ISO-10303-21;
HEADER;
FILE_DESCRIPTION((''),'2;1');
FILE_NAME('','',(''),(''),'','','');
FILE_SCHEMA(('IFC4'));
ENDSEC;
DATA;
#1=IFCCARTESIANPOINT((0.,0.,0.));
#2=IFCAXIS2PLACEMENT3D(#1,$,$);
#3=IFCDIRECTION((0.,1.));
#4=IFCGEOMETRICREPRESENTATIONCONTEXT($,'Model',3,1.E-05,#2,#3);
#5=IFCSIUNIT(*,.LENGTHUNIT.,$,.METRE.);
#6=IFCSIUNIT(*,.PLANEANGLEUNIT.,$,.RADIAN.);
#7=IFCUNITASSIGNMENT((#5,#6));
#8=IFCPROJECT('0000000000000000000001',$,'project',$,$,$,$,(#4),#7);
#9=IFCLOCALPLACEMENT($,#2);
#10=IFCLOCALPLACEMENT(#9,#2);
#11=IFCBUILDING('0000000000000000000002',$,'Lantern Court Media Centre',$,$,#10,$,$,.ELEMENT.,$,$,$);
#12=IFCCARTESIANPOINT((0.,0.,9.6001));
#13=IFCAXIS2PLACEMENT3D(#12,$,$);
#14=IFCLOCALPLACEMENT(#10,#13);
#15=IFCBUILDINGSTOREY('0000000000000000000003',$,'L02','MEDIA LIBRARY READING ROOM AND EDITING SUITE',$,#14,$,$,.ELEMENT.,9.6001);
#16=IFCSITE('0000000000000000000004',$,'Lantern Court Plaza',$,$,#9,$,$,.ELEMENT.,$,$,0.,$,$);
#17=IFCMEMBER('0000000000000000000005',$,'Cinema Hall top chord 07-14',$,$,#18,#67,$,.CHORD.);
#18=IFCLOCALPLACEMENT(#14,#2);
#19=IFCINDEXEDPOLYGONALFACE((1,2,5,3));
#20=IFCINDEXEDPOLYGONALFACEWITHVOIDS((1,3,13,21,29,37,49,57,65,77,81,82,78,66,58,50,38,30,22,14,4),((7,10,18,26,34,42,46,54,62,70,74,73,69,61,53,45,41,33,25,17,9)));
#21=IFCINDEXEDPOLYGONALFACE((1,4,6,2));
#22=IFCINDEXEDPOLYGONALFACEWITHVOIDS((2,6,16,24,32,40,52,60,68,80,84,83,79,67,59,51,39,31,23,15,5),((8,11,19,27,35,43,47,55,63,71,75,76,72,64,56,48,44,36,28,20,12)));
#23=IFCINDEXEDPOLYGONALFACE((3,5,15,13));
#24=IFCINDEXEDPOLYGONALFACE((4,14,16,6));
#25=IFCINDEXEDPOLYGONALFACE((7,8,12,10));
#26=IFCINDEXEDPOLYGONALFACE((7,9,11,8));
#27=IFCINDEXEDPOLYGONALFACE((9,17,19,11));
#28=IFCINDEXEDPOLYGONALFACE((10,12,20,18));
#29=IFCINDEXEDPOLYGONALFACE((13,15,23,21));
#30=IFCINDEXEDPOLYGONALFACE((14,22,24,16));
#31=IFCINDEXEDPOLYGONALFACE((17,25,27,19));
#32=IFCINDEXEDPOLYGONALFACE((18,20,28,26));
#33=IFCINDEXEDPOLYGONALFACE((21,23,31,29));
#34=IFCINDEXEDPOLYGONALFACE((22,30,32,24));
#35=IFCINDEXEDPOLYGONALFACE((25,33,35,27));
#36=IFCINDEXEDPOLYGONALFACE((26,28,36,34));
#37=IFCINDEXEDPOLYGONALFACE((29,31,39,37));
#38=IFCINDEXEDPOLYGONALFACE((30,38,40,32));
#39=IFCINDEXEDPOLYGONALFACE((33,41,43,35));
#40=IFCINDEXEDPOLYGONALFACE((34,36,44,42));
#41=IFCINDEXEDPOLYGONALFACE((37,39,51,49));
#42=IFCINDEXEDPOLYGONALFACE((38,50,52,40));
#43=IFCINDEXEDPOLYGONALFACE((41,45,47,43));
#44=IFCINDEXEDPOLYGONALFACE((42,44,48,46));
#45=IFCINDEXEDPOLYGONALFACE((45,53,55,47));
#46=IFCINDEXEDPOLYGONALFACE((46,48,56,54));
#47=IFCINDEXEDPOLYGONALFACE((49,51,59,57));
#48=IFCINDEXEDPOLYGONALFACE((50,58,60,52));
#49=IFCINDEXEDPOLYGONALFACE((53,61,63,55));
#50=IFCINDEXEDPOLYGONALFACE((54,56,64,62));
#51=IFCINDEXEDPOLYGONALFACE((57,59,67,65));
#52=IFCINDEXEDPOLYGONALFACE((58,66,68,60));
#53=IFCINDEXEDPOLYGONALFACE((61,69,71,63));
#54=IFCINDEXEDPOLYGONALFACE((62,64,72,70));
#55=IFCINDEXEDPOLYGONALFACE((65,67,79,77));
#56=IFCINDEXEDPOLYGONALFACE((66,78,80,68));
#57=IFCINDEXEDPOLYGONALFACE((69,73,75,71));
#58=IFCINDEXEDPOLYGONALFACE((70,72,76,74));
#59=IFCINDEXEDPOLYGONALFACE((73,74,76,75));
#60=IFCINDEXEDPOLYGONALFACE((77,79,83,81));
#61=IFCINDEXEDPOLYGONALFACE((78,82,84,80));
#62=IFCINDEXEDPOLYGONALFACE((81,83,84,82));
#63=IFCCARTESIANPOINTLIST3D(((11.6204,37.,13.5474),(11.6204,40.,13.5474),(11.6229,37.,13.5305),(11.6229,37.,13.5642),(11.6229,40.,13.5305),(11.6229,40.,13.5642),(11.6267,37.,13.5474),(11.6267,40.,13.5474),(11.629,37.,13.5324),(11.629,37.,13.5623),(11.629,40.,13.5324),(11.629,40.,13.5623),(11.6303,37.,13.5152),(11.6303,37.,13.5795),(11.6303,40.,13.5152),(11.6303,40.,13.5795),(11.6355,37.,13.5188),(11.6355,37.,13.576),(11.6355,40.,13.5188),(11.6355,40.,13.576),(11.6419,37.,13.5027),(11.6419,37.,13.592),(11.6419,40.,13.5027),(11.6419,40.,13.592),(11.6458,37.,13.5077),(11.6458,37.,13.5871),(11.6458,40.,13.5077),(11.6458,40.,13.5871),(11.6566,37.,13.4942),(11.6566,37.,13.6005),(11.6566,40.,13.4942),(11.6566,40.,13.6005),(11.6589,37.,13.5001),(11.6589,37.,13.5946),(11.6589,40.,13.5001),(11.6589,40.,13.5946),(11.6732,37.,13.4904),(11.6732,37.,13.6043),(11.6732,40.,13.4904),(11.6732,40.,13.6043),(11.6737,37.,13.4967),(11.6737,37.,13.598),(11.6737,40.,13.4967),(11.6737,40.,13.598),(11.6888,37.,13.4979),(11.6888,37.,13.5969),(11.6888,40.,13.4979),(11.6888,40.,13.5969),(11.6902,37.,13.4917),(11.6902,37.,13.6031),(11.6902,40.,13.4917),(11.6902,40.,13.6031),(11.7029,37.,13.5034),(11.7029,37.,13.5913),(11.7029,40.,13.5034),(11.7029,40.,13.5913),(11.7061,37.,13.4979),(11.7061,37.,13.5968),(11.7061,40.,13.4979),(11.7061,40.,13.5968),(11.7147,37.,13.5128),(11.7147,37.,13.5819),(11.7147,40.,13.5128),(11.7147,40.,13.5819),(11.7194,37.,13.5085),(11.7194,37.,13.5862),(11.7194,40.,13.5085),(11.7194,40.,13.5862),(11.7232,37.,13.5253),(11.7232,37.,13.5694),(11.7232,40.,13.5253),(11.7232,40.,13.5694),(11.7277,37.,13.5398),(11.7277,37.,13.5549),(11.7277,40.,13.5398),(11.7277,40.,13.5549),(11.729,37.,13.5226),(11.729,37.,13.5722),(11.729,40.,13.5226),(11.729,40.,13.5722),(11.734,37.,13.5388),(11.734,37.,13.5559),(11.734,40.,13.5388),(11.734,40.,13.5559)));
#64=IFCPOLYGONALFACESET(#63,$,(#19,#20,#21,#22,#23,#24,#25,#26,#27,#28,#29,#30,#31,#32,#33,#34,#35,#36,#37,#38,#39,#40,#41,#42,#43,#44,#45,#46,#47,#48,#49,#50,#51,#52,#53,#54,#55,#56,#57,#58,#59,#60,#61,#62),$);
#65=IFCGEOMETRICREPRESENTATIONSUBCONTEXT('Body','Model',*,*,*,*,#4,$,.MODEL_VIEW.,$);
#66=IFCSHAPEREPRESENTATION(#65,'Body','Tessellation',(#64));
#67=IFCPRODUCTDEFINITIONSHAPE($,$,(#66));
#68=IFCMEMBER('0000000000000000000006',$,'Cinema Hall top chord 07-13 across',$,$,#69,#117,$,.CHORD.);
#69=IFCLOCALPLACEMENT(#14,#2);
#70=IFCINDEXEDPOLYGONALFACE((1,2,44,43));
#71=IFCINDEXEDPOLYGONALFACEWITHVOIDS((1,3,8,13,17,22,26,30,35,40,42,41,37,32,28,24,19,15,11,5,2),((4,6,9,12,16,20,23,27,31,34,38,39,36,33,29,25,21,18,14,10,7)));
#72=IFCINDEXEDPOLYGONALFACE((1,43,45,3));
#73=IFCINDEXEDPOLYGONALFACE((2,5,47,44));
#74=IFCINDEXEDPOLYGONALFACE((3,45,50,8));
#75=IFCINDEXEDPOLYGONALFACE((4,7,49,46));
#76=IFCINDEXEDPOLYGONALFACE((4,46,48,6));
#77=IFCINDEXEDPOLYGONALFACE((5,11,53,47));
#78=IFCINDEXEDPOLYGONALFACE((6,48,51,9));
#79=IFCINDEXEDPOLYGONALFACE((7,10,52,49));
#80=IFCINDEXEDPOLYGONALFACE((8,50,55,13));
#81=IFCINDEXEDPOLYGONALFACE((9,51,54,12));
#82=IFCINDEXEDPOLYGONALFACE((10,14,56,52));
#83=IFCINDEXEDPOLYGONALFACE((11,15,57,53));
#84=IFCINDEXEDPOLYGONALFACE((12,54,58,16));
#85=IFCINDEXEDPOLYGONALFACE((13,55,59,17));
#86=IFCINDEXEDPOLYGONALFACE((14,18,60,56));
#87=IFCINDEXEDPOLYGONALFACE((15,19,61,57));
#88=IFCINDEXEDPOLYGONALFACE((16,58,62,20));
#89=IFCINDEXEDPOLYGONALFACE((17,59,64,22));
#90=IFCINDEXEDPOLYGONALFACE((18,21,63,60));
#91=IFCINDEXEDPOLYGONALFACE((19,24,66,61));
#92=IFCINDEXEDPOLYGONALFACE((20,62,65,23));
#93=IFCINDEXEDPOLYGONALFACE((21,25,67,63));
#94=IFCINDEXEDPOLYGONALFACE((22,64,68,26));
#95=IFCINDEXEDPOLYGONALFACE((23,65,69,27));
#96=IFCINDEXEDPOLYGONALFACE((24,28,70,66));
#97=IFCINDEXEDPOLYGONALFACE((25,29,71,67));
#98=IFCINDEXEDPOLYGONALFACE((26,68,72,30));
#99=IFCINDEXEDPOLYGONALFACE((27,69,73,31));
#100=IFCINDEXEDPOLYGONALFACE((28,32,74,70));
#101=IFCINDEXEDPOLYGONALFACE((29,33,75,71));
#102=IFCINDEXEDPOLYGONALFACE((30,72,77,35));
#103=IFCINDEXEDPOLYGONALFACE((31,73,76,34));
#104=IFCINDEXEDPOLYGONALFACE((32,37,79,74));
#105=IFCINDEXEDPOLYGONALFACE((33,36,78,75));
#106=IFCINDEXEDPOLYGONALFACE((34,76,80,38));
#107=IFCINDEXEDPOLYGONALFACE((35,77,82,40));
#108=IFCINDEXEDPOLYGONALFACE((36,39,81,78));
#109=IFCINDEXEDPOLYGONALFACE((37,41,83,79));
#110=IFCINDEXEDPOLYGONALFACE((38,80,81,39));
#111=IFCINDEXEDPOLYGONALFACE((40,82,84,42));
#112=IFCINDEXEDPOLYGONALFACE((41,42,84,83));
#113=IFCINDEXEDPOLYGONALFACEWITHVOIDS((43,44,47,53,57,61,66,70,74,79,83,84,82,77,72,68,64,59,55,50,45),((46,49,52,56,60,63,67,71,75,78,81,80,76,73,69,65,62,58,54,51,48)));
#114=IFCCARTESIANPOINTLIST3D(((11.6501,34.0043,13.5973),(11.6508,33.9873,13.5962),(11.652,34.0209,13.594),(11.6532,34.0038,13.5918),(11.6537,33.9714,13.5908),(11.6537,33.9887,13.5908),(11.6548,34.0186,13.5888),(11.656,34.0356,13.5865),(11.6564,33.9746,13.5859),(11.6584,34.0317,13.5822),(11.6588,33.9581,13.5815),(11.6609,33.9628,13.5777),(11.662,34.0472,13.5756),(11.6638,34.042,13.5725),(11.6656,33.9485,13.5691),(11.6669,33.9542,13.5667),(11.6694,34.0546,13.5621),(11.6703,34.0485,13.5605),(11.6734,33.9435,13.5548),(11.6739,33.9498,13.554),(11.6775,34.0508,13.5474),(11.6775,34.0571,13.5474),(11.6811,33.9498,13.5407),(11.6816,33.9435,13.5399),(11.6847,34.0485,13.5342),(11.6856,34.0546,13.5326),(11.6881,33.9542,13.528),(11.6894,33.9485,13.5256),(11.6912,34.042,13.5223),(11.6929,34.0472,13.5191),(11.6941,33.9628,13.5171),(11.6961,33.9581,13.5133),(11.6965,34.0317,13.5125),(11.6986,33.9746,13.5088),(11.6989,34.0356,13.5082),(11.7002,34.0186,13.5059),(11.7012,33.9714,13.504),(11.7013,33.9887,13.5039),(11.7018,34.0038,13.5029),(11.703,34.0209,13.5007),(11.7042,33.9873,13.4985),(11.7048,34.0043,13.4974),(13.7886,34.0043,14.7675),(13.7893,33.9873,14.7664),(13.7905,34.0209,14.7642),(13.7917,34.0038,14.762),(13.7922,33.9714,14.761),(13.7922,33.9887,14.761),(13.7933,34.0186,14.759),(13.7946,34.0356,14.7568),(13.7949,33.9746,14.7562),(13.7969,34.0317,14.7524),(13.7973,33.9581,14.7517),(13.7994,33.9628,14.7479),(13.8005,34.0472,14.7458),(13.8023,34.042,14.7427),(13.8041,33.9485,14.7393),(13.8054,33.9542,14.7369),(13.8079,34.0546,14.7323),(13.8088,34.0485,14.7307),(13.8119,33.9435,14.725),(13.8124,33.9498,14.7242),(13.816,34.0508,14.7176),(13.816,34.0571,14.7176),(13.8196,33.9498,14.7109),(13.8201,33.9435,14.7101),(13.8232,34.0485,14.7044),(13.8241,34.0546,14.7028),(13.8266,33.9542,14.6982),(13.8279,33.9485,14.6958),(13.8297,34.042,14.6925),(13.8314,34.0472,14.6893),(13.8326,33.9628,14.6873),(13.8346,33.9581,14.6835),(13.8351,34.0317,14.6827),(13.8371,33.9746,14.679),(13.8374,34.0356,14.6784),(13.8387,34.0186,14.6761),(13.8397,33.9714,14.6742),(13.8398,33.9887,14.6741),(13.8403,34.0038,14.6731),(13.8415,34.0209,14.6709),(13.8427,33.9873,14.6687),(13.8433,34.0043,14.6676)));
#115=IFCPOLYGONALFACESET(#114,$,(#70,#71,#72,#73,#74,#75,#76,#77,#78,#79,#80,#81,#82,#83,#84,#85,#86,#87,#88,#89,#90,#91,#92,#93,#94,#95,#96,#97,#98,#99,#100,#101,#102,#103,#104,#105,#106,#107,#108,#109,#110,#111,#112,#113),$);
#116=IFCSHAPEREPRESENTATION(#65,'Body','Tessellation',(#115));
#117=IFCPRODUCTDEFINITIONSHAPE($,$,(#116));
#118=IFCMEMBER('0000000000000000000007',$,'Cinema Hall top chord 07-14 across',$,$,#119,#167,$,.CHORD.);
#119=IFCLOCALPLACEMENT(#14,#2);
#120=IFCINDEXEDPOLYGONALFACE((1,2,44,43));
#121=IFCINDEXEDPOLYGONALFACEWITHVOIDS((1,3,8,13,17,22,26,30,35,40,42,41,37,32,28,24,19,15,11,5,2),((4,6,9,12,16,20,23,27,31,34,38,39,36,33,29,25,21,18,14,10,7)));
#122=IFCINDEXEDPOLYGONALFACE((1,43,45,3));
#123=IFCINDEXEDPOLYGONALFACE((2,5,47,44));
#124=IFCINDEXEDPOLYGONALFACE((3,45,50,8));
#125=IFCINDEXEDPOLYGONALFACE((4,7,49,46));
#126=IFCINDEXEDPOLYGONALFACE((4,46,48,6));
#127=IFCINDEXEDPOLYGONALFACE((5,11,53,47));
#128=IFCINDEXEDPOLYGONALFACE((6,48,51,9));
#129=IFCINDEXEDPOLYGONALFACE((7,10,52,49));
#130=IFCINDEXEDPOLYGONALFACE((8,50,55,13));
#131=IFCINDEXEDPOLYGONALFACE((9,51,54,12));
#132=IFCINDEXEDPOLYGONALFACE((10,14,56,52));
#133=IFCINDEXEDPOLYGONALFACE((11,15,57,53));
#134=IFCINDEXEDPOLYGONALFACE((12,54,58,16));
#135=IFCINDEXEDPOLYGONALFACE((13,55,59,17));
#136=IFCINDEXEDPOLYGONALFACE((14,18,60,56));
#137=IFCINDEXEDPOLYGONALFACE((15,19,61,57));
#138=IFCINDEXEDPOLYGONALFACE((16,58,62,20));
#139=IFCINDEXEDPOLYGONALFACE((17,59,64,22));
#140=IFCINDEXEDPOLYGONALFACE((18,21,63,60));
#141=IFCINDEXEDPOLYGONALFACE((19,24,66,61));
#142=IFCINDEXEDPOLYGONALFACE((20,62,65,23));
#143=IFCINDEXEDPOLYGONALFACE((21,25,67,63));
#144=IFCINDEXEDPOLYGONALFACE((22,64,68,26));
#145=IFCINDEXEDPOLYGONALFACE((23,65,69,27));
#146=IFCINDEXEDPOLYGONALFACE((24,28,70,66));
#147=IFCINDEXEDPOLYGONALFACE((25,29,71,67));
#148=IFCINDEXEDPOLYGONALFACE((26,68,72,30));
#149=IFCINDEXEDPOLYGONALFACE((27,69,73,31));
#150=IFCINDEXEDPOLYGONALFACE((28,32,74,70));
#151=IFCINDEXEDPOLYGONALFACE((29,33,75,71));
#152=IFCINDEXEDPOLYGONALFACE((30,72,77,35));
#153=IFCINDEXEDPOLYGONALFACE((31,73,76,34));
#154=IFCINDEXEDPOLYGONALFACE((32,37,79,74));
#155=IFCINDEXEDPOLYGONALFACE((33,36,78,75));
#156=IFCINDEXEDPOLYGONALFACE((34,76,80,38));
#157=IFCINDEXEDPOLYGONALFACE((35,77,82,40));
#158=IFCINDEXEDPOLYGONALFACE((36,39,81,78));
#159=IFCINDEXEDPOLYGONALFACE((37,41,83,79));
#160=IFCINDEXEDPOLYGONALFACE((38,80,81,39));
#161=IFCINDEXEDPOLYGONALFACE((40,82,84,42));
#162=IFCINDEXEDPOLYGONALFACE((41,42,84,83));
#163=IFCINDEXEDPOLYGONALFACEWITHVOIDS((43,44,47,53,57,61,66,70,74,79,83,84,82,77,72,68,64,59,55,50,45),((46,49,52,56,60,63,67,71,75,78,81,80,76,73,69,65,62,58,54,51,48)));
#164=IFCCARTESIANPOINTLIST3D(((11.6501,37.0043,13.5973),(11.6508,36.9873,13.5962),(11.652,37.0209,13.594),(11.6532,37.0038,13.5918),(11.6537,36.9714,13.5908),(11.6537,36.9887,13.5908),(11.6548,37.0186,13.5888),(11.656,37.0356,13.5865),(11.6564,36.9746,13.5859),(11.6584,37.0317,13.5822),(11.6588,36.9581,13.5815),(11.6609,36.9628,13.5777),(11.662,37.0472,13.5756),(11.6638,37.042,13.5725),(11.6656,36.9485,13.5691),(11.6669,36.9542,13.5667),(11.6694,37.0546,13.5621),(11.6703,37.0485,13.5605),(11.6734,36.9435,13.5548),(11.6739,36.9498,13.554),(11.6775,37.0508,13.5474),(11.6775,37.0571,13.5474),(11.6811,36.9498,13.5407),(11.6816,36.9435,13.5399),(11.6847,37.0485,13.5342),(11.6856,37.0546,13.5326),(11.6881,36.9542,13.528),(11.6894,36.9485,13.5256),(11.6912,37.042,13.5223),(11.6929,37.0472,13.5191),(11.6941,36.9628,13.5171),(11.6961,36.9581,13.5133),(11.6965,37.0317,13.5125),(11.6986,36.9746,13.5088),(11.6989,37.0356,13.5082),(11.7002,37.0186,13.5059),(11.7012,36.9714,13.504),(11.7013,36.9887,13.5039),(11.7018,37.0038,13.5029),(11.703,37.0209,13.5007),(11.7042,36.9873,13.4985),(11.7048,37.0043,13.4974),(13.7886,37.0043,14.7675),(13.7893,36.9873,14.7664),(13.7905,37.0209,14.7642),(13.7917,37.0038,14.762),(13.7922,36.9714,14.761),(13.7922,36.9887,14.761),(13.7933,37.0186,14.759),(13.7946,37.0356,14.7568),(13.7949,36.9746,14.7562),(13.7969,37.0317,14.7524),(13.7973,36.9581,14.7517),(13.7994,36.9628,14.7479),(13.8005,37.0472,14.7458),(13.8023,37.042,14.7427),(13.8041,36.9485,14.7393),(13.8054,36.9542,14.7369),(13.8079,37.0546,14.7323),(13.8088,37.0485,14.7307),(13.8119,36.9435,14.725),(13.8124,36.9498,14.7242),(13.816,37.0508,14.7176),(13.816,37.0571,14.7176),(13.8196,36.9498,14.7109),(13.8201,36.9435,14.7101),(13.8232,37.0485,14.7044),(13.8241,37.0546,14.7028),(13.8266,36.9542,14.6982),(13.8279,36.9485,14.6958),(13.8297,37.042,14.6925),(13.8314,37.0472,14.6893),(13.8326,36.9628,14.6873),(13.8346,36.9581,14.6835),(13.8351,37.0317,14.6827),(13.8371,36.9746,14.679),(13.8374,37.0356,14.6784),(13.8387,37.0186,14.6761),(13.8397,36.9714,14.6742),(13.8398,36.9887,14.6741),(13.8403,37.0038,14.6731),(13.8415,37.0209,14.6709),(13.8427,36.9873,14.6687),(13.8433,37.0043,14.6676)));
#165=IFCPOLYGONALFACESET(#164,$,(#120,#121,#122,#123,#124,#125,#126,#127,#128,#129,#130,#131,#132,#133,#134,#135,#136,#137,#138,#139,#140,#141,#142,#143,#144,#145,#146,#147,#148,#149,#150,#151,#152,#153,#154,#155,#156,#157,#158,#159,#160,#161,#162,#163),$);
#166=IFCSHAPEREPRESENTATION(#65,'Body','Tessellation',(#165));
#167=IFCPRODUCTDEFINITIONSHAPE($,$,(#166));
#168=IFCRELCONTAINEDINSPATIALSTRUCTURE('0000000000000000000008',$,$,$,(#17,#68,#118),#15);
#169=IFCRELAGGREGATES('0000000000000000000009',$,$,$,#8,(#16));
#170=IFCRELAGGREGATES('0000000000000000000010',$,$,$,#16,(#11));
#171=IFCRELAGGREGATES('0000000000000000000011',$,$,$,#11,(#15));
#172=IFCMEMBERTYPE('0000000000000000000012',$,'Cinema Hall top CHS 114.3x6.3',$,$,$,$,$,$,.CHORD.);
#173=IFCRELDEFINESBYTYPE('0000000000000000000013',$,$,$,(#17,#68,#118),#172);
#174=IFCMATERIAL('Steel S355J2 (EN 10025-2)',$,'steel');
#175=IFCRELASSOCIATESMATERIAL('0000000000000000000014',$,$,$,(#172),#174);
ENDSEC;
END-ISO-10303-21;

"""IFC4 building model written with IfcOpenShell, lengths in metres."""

from ifc_helpers import new_model, si_unit, direction, frame, origin, origin_2d, place, context, subcontext, project, spatial, hollow_circle, extrude, material, material_profile, profile_set, type_object, element, save


model = new_model("IFC4")

# Units and contexts
model_context = context("Model", 3, precision=1e-05, world=origin(), true_north=direction((0.0, 1.0)))
body_context = subcontext(model_context, "Body", "Model", "MODEL_VIEW")
ifc_project = project(units=[si_unit("LENGTHUNIT", "METRE"), si_unit("PLANEANGLEUNIT", "RADIAN")], contexts=[model_context])

# Site, building, storey
site_placement = place(None, origin())
site = spatial("IfcSite", under=ifc_project, at=site_placement, Name="Lantern Court Plaza", CompositionType="ELEMENT", RefElevation=0.0)
building_placement = place(site_placement, origin())
building = spatial("IfcBuilding", under=site, at=building_placement, Name="Lantern Court Media Centre", CompositionType="ELEMENT")
storey_placement = place(building_placement, frame((0.0, 0.0, 9.6001)))
storey = spatial("IfcBuildingStorey", under=building, at=storey_placement, Name="L02", Description="MEDIA LIBRARY READING ROOM AND EDITING SUITE", CompositionType="ELEMENT", Elevation=9.6001)

# Members
ifc_material = material(Name="Steel S355J2 (EN 10025-2)", Category="steel")
ifc_material_profile_1 = material_profile(ifc_material, hollow_circle(Radius=0.0571, WallThickness=0.0063, at=origin_2d()), Name="Cinema Hall top CHS 114.3x6.3")
ifc_profile_set_1 = profile_set([ifc_material_profile_1], Name="Steel S355J2 (EN 10025-2)")
member_type_1 = type_object("IfcMemberType", Name="Cinema Hall top CHS 114.3x6.3", PredefinedType="CHORD", material=ifc_profile_set_1)
for number, where, z_axis, x_axis, name in (
    (1, (11.6775, 37.0, 13.5474), (0.0, 1.0, 0.0), (-1.0, 0.0, 0.0), "Cinema Hall top chord 07-14"),
):
    element("IfcMember", number, at=place(storey_placement, frame(where, z_axis=z_axis, x_axis=x_axis)), inside=storey, type_object=member_type_1, Name=name, PredefinedType="CHORD", context=body_context, shape_type="SweptSolid", body=[
        extrude(hollow_circle(Radius=0.0571, WallThickness=0.0063, at=origin_2d()), origin(), (0.0, 0.0, 1.0), 3.0),
    ])
for number, where, z_axis, x_axis, name in (
    (2, (11.6775, 34.0, 13.5474), (0.877248, 0.0, 0.480038), (0.0, 1.0, 0.0), "Cinema Hall top chord 07-13 across"),
    (3, (11.6775, 37.0, 13.5474), (0.877248, 0.0, 0.480038), (0.0, 1.0, 0.0), "Cinema Hall top chord 07-14 across"),
):
    element("IfcMember", number, at=place(storey_placement, frame(where, z_axis=z_axis, x_axis=x_axis)), inside=storey, type_object=member_type_1, Name=name, PredefinedType="CHORD", context=body_context, shape_type="SweptSolid", body=[
        extrude(hollow_circle(Radius=0.0571, WallThickness=0.0063, at=origin_2d()), origin(), (0.0, 0.0, 1.0), 2.4377),
    ])

save(model, "model.ifc")
